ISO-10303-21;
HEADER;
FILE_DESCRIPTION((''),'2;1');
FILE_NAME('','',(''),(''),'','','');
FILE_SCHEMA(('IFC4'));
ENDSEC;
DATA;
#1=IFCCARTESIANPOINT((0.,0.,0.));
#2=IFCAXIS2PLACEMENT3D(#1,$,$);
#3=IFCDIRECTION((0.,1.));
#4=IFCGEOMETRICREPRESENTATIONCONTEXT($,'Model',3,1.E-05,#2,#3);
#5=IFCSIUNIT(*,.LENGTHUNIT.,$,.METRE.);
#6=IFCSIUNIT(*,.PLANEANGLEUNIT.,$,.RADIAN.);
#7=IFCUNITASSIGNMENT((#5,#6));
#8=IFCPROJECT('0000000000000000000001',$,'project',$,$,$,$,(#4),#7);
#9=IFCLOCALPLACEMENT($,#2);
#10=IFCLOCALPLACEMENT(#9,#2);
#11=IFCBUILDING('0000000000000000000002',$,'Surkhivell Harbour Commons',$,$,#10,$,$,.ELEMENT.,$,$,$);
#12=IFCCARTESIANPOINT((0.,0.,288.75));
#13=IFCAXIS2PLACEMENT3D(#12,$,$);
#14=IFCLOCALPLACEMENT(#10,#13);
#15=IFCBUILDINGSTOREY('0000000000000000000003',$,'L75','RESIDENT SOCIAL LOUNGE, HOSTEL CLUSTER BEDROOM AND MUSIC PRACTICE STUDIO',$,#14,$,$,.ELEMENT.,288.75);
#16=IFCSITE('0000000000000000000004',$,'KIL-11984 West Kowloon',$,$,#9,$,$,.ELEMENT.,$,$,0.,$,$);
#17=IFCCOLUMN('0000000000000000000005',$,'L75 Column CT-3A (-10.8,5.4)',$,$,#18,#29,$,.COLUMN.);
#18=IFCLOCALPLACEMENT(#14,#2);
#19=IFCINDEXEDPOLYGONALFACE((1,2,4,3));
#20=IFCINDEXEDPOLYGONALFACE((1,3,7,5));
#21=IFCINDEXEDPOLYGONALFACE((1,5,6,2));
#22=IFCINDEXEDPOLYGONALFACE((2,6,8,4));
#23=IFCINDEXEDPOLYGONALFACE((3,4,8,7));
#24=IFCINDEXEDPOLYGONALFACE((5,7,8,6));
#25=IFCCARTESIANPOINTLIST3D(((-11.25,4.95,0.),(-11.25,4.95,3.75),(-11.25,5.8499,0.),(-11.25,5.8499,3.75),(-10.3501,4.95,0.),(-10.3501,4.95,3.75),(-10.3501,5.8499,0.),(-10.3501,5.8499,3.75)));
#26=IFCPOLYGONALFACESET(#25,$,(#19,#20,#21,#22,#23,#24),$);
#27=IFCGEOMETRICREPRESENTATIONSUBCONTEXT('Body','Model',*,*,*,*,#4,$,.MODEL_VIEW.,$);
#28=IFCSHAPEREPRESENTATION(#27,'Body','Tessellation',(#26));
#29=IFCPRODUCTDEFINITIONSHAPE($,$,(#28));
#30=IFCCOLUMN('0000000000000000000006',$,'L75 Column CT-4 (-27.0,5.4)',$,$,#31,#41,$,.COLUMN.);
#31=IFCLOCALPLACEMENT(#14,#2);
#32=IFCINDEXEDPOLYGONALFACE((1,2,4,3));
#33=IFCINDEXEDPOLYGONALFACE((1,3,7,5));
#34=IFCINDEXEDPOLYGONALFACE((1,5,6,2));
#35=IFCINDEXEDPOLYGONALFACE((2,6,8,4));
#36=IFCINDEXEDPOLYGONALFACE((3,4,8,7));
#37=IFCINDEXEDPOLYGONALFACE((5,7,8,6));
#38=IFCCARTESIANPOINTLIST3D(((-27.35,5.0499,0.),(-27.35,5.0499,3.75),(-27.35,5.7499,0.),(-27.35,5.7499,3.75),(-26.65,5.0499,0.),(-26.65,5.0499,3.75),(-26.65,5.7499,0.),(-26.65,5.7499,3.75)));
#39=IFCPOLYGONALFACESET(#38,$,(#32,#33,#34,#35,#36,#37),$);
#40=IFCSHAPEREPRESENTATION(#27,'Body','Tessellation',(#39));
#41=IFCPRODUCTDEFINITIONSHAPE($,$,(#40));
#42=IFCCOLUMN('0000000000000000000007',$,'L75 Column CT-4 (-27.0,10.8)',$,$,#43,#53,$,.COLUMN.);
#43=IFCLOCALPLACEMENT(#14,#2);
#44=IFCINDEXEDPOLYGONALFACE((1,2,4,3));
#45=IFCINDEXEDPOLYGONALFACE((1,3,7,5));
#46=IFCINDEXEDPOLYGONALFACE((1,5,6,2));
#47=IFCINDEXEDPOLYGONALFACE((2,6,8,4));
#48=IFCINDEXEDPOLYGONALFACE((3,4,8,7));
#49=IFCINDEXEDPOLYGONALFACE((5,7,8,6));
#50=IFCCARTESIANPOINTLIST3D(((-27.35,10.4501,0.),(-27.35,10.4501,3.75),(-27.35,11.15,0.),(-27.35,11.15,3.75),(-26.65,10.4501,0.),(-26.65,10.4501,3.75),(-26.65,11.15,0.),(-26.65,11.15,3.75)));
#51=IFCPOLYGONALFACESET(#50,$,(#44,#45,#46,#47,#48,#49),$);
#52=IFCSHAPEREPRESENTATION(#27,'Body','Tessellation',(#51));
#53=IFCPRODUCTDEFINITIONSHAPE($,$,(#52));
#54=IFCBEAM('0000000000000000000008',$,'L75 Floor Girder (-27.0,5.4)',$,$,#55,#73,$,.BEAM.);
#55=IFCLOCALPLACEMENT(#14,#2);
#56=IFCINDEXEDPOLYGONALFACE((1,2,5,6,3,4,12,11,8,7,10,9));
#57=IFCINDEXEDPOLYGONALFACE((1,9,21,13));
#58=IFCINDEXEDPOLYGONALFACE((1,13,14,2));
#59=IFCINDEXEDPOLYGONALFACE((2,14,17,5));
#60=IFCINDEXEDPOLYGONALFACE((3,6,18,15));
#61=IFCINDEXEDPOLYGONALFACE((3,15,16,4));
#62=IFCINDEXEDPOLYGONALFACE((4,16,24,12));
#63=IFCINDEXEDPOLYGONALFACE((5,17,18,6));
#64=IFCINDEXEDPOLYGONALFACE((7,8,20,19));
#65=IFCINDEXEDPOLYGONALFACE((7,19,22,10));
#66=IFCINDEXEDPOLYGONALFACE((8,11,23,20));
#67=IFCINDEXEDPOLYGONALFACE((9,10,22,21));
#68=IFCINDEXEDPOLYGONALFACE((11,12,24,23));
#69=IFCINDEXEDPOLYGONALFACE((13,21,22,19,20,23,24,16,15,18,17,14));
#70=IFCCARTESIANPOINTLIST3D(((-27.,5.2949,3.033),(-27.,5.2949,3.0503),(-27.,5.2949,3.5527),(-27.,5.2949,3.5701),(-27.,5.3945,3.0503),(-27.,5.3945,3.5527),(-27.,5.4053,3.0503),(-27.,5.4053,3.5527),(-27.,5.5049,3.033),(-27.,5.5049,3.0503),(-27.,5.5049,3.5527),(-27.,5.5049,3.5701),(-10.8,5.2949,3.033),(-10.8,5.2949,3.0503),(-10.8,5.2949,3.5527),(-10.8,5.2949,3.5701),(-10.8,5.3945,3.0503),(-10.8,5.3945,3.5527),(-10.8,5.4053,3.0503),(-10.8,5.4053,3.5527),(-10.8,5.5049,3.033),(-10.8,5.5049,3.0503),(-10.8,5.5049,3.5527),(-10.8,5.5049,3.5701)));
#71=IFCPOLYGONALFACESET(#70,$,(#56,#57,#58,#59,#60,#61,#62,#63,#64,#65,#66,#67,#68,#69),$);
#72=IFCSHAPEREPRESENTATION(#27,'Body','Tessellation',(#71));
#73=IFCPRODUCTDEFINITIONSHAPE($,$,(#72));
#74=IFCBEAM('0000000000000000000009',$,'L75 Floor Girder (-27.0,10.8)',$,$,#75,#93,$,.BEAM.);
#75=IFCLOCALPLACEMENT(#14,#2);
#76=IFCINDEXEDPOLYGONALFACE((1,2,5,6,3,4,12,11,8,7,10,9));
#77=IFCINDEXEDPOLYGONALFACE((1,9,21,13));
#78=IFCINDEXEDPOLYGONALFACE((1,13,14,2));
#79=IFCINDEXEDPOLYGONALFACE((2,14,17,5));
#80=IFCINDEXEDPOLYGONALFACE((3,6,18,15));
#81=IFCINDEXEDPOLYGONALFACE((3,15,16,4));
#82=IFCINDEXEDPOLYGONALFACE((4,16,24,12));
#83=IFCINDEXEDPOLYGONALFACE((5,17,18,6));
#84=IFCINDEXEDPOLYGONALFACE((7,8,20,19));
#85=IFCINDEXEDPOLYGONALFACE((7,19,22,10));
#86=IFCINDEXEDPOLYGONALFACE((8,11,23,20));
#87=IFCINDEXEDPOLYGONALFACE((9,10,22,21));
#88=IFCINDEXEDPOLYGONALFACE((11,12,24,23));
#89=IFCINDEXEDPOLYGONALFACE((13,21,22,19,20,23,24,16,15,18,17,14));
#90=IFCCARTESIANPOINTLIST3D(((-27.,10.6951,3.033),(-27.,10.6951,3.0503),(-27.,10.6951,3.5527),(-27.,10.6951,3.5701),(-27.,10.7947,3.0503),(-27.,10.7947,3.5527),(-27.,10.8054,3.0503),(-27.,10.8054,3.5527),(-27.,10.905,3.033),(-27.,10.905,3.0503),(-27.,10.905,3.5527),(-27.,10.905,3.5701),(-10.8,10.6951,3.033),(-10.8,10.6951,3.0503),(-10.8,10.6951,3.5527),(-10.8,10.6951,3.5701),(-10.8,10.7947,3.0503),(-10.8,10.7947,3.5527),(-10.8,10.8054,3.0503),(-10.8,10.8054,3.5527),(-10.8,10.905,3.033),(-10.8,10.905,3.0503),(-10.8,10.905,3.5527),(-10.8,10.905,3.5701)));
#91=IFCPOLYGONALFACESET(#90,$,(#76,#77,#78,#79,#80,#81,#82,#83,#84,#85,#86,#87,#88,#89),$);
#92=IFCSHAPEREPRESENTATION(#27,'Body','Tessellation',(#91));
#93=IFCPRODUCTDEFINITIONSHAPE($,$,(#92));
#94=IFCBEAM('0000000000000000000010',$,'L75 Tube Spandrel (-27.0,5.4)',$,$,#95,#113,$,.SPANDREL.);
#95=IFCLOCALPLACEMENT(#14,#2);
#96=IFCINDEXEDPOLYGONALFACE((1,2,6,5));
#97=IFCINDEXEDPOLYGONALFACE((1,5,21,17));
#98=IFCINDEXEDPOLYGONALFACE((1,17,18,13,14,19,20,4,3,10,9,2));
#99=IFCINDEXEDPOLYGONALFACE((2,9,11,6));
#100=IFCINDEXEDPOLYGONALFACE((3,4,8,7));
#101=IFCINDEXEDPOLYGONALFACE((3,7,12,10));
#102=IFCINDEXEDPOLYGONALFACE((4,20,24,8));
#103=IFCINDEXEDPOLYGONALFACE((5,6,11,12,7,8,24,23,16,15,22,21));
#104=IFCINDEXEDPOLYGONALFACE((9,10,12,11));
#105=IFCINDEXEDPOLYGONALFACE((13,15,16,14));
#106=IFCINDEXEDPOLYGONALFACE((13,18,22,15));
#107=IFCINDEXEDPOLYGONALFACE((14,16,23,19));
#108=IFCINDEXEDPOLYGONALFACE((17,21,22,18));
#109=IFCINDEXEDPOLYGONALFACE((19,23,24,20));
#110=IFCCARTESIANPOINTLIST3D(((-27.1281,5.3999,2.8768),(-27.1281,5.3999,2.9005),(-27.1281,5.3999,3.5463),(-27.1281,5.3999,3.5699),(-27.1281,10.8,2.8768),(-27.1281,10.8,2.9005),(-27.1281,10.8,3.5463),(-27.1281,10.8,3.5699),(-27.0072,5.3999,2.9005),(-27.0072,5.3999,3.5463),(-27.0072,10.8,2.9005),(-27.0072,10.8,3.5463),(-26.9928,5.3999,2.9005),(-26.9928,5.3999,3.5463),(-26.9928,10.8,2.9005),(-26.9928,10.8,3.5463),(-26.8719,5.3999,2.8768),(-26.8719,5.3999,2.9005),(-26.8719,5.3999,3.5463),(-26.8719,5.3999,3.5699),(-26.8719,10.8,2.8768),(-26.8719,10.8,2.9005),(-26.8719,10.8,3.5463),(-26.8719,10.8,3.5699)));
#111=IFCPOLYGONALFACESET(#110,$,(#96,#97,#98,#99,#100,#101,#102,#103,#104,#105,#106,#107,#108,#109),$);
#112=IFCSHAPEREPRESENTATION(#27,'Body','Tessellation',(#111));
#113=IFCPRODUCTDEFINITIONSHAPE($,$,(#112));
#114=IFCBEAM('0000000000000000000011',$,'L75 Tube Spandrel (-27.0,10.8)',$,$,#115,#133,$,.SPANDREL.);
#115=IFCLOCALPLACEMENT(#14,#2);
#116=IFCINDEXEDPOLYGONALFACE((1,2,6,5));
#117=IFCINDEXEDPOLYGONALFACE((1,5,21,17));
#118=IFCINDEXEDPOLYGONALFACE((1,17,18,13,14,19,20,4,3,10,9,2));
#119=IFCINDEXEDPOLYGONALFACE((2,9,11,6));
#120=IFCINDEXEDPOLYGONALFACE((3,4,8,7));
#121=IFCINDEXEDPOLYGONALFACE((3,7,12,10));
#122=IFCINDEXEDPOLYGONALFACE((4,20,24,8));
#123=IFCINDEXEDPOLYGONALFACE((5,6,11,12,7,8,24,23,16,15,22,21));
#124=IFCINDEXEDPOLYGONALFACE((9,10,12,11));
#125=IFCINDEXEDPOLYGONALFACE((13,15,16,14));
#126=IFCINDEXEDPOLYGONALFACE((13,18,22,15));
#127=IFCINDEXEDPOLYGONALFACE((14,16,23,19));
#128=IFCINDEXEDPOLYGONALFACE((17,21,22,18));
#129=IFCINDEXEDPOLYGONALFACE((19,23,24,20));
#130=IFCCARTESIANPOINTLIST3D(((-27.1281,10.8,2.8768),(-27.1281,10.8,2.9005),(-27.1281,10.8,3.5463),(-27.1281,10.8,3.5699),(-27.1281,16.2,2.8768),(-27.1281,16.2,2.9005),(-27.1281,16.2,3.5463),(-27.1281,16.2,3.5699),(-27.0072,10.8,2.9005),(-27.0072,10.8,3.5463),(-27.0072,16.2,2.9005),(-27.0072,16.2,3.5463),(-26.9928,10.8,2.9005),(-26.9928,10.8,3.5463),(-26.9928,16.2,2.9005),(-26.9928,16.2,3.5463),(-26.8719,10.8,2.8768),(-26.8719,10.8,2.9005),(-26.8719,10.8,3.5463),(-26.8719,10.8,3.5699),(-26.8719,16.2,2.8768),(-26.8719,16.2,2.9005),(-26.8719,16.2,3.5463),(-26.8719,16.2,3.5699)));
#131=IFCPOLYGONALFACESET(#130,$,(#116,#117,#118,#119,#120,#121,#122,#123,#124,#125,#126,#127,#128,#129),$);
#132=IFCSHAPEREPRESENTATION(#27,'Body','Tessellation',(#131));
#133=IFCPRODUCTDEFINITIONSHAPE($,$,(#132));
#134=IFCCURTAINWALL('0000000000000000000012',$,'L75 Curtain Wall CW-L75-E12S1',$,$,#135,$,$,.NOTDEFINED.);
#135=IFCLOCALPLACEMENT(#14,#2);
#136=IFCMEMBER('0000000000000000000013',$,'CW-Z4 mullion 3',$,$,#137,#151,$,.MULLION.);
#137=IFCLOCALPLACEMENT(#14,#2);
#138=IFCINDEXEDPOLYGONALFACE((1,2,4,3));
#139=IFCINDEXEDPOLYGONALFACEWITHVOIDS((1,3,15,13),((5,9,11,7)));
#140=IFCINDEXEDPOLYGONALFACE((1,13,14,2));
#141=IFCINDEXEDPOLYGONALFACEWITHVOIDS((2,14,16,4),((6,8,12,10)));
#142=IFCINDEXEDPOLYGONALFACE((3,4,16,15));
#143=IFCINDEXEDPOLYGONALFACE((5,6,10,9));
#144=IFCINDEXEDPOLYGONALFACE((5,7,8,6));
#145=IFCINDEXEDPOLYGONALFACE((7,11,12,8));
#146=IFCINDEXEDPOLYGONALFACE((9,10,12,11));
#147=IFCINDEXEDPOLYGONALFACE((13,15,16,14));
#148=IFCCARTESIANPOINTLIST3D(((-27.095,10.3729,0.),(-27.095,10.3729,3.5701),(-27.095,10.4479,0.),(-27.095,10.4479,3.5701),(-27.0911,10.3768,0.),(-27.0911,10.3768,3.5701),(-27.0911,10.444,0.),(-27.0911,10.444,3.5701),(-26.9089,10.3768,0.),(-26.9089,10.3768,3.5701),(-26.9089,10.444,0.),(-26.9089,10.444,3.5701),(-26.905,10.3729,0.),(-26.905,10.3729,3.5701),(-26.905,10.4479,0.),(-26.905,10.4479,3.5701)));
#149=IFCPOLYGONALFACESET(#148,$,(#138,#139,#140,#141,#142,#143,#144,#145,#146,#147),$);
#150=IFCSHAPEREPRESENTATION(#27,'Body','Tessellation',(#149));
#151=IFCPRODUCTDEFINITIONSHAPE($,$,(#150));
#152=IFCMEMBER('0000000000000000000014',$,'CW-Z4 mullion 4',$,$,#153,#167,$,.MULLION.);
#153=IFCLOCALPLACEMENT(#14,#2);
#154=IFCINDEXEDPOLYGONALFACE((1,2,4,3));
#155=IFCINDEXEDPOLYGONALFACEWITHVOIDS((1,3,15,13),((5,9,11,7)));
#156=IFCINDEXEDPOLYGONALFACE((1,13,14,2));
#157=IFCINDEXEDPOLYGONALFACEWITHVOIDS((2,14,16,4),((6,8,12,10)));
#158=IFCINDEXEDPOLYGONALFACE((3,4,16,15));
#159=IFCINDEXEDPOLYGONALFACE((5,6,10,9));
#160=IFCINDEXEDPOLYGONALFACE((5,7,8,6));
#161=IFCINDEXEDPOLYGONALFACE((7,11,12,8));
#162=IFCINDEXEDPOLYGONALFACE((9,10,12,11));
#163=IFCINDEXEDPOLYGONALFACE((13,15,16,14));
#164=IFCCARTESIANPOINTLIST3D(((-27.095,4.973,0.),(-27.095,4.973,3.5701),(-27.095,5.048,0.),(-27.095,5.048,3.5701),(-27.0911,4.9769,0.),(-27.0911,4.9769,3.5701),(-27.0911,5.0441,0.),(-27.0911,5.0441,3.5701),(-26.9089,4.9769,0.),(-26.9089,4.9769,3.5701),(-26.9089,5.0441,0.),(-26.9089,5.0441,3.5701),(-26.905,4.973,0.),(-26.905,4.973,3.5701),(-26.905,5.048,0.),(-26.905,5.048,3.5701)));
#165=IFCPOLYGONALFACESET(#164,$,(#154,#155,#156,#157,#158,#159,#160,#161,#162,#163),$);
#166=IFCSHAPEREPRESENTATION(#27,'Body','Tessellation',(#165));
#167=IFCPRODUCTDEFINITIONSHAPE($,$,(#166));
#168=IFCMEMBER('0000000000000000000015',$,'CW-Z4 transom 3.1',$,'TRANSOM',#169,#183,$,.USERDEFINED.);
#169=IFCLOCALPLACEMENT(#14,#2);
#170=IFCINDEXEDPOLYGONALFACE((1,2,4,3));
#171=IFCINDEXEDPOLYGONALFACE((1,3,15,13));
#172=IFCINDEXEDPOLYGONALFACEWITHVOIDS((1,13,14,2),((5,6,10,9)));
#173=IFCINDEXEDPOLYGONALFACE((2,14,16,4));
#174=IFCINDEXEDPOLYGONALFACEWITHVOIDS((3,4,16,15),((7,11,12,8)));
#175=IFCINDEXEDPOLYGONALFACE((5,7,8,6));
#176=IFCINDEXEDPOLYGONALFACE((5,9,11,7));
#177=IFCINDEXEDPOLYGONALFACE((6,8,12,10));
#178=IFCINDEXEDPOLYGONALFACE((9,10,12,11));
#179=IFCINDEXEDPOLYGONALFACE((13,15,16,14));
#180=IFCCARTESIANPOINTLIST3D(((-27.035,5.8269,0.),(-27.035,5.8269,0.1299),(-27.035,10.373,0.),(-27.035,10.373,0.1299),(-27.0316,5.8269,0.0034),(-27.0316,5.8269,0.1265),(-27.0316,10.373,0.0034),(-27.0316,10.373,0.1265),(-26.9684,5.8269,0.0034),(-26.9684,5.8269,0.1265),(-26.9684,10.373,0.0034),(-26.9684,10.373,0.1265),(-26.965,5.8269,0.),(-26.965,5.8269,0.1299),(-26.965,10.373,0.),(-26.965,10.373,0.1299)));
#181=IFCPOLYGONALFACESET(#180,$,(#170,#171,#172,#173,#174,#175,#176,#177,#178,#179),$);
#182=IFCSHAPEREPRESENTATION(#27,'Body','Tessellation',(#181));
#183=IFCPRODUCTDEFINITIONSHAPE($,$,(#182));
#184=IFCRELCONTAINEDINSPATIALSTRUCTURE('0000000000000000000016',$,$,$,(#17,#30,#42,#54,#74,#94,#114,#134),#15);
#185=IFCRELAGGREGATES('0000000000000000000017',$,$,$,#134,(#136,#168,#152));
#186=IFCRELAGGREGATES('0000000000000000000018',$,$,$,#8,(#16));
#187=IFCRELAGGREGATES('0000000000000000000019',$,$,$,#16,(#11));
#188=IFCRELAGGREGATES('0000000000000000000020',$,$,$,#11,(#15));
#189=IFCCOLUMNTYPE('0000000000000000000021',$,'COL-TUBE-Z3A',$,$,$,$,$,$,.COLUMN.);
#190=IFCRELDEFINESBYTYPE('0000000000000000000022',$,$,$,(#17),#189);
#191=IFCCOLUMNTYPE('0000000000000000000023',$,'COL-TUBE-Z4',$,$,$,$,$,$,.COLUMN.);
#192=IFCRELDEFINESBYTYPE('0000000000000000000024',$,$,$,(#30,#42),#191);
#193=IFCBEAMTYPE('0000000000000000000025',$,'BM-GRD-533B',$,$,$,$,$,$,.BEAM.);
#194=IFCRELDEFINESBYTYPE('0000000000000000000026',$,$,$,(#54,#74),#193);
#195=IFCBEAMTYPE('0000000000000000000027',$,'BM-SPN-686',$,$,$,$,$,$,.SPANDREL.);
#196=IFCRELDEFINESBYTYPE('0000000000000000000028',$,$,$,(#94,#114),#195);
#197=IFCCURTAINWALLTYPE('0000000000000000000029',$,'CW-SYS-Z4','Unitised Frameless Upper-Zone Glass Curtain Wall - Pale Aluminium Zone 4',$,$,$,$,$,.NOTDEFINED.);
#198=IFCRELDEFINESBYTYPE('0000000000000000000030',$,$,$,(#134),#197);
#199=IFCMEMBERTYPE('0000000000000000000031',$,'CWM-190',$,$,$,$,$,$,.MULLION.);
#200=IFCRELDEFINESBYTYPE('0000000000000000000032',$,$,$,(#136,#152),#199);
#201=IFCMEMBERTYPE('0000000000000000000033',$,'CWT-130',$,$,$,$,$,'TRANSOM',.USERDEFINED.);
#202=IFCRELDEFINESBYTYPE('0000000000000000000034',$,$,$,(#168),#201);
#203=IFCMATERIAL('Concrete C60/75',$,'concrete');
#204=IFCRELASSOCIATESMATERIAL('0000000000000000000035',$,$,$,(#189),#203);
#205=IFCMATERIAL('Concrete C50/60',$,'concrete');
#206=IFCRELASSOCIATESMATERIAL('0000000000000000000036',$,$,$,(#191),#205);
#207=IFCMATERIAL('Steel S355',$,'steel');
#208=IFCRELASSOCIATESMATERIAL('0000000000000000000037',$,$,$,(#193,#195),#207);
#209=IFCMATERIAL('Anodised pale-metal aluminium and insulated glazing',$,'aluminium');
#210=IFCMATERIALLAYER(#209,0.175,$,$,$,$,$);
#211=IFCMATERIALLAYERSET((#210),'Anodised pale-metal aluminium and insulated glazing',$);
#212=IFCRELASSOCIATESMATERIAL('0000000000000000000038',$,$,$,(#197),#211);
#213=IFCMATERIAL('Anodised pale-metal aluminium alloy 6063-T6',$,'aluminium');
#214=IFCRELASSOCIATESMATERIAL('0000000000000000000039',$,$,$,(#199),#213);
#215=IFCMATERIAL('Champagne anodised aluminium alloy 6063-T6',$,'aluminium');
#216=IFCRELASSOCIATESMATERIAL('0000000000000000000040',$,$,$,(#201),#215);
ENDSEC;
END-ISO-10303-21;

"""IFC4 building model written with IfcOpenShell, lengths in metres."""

from ifc_helpers import new_model, si_unit, direction, frame, origin, origin_2d, place, context, subcontext, project, spatial, rectangle, hollow_rectangle, i_section, extrude, material, layer, layer_set, material_profile, profile_set, type_object, element, aggregate, save


model = new_model("IFC4")

# Units and contexts
model_context = context("Model", 3, precision=1e-05, world=origin(), true_north=direction((0.0, 1.0)))
body_context = subcontext(model_context, "Body", "Model", "MODEL_VIEW")
ifc_project = project(units=[si_unit("LENGTHUNIT", "METRE"), si_unit("PLANEANGLEUNIT", "RADIAN")], contexts=[model_context])

# Site, building, storey
site_placement = place(None, origin())
site = spatial("IfcSite", under=ifc_project, at=site_placement, Name="KIL-11984 West Kowloon", CompositionType="ELEMENT", RefElevation=0.0)
building_placement = place(site_placement, origin())
building = spatial("IfcBuilding", under=site, at=building_placement, Name="Surkhivell Harbour Commons", CompositionType="ELEMENT")
storey_placement = place(building_placement, frame((0.0, 0.0, 288.75)))
storey = spatial("IfcBuildingStorey", under=building, at=storey_placement, Name="L75", Description="RESIDENT SOCIAL LOUNGE, HOSTEL CLUSTER BEDROOM AND MUSIC PRACTICE STUDIO", CompositionType="ELEMENT", Elevation=288.75)

# Columns
ifc_material_1 = material(Name="Concrete C60/75", Category="concrete")
ifc_material_profile_1 = material_profile(ifc_material_1, rectangle(XDim=0.8999, YDim=0.8999, at=origin_2d()), Name="RC-COL-900x900")
ifc_profile_set_1 = profile_set([ifc_material_profile_1], Name="Concrete C60/75")
column_type_1 = type_object("IfcColumnType", Name="COL-TUBE-Z3A", PredefinedType="COLUMN", material=ifc_profile_set_1)
column_placement = place(storey_placement, frame((-10.8, 5.3999, 0.0), z_axis=(0.0, 0.0, 1.0), x_axis=(1.0, 0.0, 0.0)))
element("IfcColumn", 1, at=column_placement, inside=storey, type_object=column_type_1, Name="L75 Column CT-3A (-10.8,5.4)", PredefinedType="COLUMN", context=body_context, shape_type="SweptSolid", body=[
    extrude(rectangle(XDim=0.8999, YDim=0.8999, at=origin_2d()), origin(), (0.0, 0.0, 1.0), 3.75),
])
ifc_material_2 = material(Name="Concrete C50/60", Category="concrete")
ifc_material_profile_2 = material_profile(ifc_material_2, rectangle(XDim=0.7, YDim=0.7, at=origin_2d()), Name="RC-COL-700x700")
ifc_profile_set_2 = profile_set([ifc_material_profile_2], Name="Concrete C50/60")
column_type_2 = type_object("IfcColumnType", Name="COL-TUBE-Z4", PredefinedType="COLUMN", material=ifc_profile_set_2)
for number, where, z_axis, x_axis, name in (
    (2, (-27.0, 5.3999, 0.0), (0.0, 0.0, 1.0), (1.0, 0.0, 0.0), "L75 Column CT-4 (-27.0,5.4)"),
    (3, (-27.0, 10.8, 0.0), (0.0, 0.0, 1.0), (1.0, 0.0, 0.0), "L75 Column CT-4 (-27.0,10.8)"),
):
    element("IfcColumn", number, at=place(storey_placement, frame(where, z_axis=z_axis, x_axis=x_axis)), inside=storey, type_object=column_type_2, Name=name, PredefinedType="COLUMN", context=body_context, shape_type="SweptSolid", body=[
        extrude(rectangle(XDim=0.7, YDim=0.7, at=origin_2d()), origin(), (0.0, 0.0, 1.0), 3.75),
    ])

# Beams
ifc_material_3 = material(Name="Steel S355", Category="steel")
ifc_material_profile_3 = material_profile(ifc_material_3, i_section(OverallWidth=0.21, OverallDepth=0.5371, WebThickness=0.0107, FlangeThickness=0.0173, at=origin_2d()), Name="UB533x210x101")
ifc_profile_set_3 = profile_set([ifc_material_profile_3], Name="Steel S355")
beam_type_1 = type_object("IfcBeamType", Name="BM-GRD-533B", PredefinedType="BEAM", material=ifc_profile_set_3)
for number, where, z_axis, x_axis, name in (
    (4, (-27.0, 5.3999, 3.3015), (1.0, 0.0, 0.0), (0.0, 1.0, 0.0), "L75 Floor Girder (-27.0,5.4)"),
    (5, (-27.0, 10.8, 3.3015), (1.0, 0.0, 0.0), (0.0, 1.0, 0.0), "L75 Floor Girder (-27.0,10.8)"),
):
    element("IfcBeam", number, at=place(storey_placement, frame(where, z_axis=z_axis, x_axis=x_axis)), inside=storey, type_object=beam_type_1, Name=name, PredefinedType="BEAM", context=body_context, shape_type="SweptSolid", body=[
        extrude(i_section(OverallWidth=0.21, OverallDepth=0.5371, WebThickness=0.0107, FlangeThickness=0.0173, at=origin_2d()), origin(), (0.0, 0.0, 1.0), 16.2),
    ])
ifc_material_profile_4 = material_profile(ifc_material_3, i_section(OverallWidth=0.2561, OverallDepth=0.6931, WebThickness=0.0144, FlangeThickness=0.0237, at=origin_2d()), Name="UB686x254x170")
ifc_profile_set_4 = profile_set([ifc_material_profile_4], Name="Steel S355")
beam_type_2 = type_object("IfcBeamType", Name="BM-SPN-686", PredefinedType="SPANDREL", material=ifc_profile_set_4)
beam_1_placement = place(storey_placement, frame((-27.0, 5.3999, 3.2234), z_axis=(0.0, 1.0, 0.0), x_axis=(-1.0, 0.0, 0.0)))
element("IfcBeam", 6, at=beam_1_placement, inside=storey, type_object=beam_type_2, Name="L75 Tube Spandrel (-27.0,5.4)", PredefinedType="SPANDREL", context=body_context, shape_type="SweptSolid", body=[
    extrude(i_section(OverallWidth=0.2561, OverallDepth=0.6931, WebThickness=0.0144, FlangeThickness=0.0237, at=origin_2d()), origin(), (0.0, 0.0, 1.0), 5.4001),
])
beam_2_placement = place(storey_placement, frame((-27.0, 10.8, 3.2234), z_axis=(0.0, 1.0, 0.0), x_axis=(-1.0, 0.0, 0.0)))
element("IfcBeam", 7, at=beam_2_placement, inside=storey, type_object=beam_type_2, Name="L75 Tube Spandrel (-27.0,10.8)", PredefinedType="SPANDREL", context=body_context, shape_type="SweptSolid", body=[
    extrude(i_section(OverallWidth=0.2561, OverallDepth=0.6931, WebThickness=0.0144, FlangeThickness=0.0237, at=origin_2d()), origin(), (0.0, 0.0, 1.0), 5.3999),
])

# Curtain wall, members
ifc_material_4 = material(Name="Anodised pale-metal aluminium and insulated glazing", Category="aluminium")
ifc_layer_1 = layer(ifc_material_4, 0.175)
ifc_layer_set_1 = layer_set([ifc_layer_1], Name="Anodised pale-metal aluminium and insulated glazing")
curtain_wall_type = type_object("IfcCurtainWallType", Name="CW-SYS-Z4", Description="Unitised Frameless Upper-Zone Glass Curtain Wall - Pale Aluminium Zone 4", PredefinedType="NOTDEFINED", material=ifc_layer_set_1)
curtain_wall_placement = place(storey_placement, origin())
curtain_wall = element("IfcCurtainWall", 8, at=curtain_wall_placement, inside=storey, type_object=curtain_wall_type, Name="L75 Curtain Wall CW-L75-E12S1", PredefinedType="NOTDEFINED")
ifc_material_5 = material(Name="Anodised pale-metal aluminium alloy 6063-T6", Category="aluminium")
ifc_material_profile_5 = material_profile(ifc_material_5, hollow_rectangle(XDim=0.075, YDim=0.1899, WallThickness=0.0039, at=origin_2d()), Name="ALU-MULL-75x190")
ifc_profile_set_5 = profile_set([ifc_material_profile_5], Name="Anodised pale-metal aluminium alloy 6063-T6")
member_type_1 = type_object("IfcMemberType", Name="CWM-190", PredefinedType="MULLION", material=ifc_profile_set_5)
member_1_placement = place(storey_placement, frame((-27.0, 10.4104, 0.0), z_axis=(0.0, 0.0, 1.0), x_axis=(0.0, -1.0, 0.0)))
member_1 = element("IfcMember", 9, at=member_1_placement, type_object=member_type_1, Name="CW-Z4 mullion 3", PredefinedType="MULLION", context=body_context, shape_type="SweptSolid", body=[
    extrude(hollow_rectangle(XDim=0.075, YDim=0.1899, WallThickness=0.0039, at=origin_2d()), origin(), (0.0, 0.0, 1.0), 3.5701),
])
member_2_placement = place(storey_placement, frame((-27.0, 5.0105, 0.0), z_axis=(0.0, 0.0, 1.0), x_axis=(0.0, -1.0, 0.0)))
member_2 = element("IfcMember", 10, at=member_2_placement, type_object=member_type_1, Name="CW-Z4 mullion 4", PredefinedType="MULLION", context=body_context, shape_type="SweptSolid", body=[
    extrude(hollow_rectangle(XDim=0.075, YDim=0.1899, WallThickness=0.0039, at=origin_2d()), origin(), (0.0, 0.0, 1.0), 3.5701),
])
ifc_material_6 = material(Name="Champagne anodised aluminium alloy 6063-T6", Category="aluminium")
ifc_material_profile_6 = material_profile(ifc_material_6, hollow_rectangle(XDim=0.0701, YDim=0.1299, WallThickness=0.0034, at=origin_2d()), Name="ALU-TRAN-70x130")
ifc_profile_set_6 = profile_set([ifc_material_profile_6], Name="Champagne anodised aluminium alloy 6063-T6")
member_type_2 = type_object("IfcMemberType", Name="CWT-130", ElementType="TRANSOM", PredefinedType="USERDEFINED", material=ifc_profile_set_6)
member_3_placement = place(storey_placement, frame((-27.0, 10.373, 0.0649), z_axis=(0.0, -1.0, 0.0), x_axis=(1.0, 0.0, 0.0)))
member_3 = element("IfcMember", 11, at=member_3_placement, type_object=member_type_2, Name="CW-Z4 transom 3.1", ObjectType="TRANSOM", PredefinedType="USERDEFINED", context=body_context, shape_type="SweptSolid", body=[
    extrude(hollow_rectangle(XDim=0.0701, YDim=0.1299, WallThickness=0.0034, at=origin_2d()), origin(), (0.0, 0.0, 1.0), 4.5461),
])
aggregate(curtain_wall, [member_1, member_3, member_2])

save(model, "model.ifc")
